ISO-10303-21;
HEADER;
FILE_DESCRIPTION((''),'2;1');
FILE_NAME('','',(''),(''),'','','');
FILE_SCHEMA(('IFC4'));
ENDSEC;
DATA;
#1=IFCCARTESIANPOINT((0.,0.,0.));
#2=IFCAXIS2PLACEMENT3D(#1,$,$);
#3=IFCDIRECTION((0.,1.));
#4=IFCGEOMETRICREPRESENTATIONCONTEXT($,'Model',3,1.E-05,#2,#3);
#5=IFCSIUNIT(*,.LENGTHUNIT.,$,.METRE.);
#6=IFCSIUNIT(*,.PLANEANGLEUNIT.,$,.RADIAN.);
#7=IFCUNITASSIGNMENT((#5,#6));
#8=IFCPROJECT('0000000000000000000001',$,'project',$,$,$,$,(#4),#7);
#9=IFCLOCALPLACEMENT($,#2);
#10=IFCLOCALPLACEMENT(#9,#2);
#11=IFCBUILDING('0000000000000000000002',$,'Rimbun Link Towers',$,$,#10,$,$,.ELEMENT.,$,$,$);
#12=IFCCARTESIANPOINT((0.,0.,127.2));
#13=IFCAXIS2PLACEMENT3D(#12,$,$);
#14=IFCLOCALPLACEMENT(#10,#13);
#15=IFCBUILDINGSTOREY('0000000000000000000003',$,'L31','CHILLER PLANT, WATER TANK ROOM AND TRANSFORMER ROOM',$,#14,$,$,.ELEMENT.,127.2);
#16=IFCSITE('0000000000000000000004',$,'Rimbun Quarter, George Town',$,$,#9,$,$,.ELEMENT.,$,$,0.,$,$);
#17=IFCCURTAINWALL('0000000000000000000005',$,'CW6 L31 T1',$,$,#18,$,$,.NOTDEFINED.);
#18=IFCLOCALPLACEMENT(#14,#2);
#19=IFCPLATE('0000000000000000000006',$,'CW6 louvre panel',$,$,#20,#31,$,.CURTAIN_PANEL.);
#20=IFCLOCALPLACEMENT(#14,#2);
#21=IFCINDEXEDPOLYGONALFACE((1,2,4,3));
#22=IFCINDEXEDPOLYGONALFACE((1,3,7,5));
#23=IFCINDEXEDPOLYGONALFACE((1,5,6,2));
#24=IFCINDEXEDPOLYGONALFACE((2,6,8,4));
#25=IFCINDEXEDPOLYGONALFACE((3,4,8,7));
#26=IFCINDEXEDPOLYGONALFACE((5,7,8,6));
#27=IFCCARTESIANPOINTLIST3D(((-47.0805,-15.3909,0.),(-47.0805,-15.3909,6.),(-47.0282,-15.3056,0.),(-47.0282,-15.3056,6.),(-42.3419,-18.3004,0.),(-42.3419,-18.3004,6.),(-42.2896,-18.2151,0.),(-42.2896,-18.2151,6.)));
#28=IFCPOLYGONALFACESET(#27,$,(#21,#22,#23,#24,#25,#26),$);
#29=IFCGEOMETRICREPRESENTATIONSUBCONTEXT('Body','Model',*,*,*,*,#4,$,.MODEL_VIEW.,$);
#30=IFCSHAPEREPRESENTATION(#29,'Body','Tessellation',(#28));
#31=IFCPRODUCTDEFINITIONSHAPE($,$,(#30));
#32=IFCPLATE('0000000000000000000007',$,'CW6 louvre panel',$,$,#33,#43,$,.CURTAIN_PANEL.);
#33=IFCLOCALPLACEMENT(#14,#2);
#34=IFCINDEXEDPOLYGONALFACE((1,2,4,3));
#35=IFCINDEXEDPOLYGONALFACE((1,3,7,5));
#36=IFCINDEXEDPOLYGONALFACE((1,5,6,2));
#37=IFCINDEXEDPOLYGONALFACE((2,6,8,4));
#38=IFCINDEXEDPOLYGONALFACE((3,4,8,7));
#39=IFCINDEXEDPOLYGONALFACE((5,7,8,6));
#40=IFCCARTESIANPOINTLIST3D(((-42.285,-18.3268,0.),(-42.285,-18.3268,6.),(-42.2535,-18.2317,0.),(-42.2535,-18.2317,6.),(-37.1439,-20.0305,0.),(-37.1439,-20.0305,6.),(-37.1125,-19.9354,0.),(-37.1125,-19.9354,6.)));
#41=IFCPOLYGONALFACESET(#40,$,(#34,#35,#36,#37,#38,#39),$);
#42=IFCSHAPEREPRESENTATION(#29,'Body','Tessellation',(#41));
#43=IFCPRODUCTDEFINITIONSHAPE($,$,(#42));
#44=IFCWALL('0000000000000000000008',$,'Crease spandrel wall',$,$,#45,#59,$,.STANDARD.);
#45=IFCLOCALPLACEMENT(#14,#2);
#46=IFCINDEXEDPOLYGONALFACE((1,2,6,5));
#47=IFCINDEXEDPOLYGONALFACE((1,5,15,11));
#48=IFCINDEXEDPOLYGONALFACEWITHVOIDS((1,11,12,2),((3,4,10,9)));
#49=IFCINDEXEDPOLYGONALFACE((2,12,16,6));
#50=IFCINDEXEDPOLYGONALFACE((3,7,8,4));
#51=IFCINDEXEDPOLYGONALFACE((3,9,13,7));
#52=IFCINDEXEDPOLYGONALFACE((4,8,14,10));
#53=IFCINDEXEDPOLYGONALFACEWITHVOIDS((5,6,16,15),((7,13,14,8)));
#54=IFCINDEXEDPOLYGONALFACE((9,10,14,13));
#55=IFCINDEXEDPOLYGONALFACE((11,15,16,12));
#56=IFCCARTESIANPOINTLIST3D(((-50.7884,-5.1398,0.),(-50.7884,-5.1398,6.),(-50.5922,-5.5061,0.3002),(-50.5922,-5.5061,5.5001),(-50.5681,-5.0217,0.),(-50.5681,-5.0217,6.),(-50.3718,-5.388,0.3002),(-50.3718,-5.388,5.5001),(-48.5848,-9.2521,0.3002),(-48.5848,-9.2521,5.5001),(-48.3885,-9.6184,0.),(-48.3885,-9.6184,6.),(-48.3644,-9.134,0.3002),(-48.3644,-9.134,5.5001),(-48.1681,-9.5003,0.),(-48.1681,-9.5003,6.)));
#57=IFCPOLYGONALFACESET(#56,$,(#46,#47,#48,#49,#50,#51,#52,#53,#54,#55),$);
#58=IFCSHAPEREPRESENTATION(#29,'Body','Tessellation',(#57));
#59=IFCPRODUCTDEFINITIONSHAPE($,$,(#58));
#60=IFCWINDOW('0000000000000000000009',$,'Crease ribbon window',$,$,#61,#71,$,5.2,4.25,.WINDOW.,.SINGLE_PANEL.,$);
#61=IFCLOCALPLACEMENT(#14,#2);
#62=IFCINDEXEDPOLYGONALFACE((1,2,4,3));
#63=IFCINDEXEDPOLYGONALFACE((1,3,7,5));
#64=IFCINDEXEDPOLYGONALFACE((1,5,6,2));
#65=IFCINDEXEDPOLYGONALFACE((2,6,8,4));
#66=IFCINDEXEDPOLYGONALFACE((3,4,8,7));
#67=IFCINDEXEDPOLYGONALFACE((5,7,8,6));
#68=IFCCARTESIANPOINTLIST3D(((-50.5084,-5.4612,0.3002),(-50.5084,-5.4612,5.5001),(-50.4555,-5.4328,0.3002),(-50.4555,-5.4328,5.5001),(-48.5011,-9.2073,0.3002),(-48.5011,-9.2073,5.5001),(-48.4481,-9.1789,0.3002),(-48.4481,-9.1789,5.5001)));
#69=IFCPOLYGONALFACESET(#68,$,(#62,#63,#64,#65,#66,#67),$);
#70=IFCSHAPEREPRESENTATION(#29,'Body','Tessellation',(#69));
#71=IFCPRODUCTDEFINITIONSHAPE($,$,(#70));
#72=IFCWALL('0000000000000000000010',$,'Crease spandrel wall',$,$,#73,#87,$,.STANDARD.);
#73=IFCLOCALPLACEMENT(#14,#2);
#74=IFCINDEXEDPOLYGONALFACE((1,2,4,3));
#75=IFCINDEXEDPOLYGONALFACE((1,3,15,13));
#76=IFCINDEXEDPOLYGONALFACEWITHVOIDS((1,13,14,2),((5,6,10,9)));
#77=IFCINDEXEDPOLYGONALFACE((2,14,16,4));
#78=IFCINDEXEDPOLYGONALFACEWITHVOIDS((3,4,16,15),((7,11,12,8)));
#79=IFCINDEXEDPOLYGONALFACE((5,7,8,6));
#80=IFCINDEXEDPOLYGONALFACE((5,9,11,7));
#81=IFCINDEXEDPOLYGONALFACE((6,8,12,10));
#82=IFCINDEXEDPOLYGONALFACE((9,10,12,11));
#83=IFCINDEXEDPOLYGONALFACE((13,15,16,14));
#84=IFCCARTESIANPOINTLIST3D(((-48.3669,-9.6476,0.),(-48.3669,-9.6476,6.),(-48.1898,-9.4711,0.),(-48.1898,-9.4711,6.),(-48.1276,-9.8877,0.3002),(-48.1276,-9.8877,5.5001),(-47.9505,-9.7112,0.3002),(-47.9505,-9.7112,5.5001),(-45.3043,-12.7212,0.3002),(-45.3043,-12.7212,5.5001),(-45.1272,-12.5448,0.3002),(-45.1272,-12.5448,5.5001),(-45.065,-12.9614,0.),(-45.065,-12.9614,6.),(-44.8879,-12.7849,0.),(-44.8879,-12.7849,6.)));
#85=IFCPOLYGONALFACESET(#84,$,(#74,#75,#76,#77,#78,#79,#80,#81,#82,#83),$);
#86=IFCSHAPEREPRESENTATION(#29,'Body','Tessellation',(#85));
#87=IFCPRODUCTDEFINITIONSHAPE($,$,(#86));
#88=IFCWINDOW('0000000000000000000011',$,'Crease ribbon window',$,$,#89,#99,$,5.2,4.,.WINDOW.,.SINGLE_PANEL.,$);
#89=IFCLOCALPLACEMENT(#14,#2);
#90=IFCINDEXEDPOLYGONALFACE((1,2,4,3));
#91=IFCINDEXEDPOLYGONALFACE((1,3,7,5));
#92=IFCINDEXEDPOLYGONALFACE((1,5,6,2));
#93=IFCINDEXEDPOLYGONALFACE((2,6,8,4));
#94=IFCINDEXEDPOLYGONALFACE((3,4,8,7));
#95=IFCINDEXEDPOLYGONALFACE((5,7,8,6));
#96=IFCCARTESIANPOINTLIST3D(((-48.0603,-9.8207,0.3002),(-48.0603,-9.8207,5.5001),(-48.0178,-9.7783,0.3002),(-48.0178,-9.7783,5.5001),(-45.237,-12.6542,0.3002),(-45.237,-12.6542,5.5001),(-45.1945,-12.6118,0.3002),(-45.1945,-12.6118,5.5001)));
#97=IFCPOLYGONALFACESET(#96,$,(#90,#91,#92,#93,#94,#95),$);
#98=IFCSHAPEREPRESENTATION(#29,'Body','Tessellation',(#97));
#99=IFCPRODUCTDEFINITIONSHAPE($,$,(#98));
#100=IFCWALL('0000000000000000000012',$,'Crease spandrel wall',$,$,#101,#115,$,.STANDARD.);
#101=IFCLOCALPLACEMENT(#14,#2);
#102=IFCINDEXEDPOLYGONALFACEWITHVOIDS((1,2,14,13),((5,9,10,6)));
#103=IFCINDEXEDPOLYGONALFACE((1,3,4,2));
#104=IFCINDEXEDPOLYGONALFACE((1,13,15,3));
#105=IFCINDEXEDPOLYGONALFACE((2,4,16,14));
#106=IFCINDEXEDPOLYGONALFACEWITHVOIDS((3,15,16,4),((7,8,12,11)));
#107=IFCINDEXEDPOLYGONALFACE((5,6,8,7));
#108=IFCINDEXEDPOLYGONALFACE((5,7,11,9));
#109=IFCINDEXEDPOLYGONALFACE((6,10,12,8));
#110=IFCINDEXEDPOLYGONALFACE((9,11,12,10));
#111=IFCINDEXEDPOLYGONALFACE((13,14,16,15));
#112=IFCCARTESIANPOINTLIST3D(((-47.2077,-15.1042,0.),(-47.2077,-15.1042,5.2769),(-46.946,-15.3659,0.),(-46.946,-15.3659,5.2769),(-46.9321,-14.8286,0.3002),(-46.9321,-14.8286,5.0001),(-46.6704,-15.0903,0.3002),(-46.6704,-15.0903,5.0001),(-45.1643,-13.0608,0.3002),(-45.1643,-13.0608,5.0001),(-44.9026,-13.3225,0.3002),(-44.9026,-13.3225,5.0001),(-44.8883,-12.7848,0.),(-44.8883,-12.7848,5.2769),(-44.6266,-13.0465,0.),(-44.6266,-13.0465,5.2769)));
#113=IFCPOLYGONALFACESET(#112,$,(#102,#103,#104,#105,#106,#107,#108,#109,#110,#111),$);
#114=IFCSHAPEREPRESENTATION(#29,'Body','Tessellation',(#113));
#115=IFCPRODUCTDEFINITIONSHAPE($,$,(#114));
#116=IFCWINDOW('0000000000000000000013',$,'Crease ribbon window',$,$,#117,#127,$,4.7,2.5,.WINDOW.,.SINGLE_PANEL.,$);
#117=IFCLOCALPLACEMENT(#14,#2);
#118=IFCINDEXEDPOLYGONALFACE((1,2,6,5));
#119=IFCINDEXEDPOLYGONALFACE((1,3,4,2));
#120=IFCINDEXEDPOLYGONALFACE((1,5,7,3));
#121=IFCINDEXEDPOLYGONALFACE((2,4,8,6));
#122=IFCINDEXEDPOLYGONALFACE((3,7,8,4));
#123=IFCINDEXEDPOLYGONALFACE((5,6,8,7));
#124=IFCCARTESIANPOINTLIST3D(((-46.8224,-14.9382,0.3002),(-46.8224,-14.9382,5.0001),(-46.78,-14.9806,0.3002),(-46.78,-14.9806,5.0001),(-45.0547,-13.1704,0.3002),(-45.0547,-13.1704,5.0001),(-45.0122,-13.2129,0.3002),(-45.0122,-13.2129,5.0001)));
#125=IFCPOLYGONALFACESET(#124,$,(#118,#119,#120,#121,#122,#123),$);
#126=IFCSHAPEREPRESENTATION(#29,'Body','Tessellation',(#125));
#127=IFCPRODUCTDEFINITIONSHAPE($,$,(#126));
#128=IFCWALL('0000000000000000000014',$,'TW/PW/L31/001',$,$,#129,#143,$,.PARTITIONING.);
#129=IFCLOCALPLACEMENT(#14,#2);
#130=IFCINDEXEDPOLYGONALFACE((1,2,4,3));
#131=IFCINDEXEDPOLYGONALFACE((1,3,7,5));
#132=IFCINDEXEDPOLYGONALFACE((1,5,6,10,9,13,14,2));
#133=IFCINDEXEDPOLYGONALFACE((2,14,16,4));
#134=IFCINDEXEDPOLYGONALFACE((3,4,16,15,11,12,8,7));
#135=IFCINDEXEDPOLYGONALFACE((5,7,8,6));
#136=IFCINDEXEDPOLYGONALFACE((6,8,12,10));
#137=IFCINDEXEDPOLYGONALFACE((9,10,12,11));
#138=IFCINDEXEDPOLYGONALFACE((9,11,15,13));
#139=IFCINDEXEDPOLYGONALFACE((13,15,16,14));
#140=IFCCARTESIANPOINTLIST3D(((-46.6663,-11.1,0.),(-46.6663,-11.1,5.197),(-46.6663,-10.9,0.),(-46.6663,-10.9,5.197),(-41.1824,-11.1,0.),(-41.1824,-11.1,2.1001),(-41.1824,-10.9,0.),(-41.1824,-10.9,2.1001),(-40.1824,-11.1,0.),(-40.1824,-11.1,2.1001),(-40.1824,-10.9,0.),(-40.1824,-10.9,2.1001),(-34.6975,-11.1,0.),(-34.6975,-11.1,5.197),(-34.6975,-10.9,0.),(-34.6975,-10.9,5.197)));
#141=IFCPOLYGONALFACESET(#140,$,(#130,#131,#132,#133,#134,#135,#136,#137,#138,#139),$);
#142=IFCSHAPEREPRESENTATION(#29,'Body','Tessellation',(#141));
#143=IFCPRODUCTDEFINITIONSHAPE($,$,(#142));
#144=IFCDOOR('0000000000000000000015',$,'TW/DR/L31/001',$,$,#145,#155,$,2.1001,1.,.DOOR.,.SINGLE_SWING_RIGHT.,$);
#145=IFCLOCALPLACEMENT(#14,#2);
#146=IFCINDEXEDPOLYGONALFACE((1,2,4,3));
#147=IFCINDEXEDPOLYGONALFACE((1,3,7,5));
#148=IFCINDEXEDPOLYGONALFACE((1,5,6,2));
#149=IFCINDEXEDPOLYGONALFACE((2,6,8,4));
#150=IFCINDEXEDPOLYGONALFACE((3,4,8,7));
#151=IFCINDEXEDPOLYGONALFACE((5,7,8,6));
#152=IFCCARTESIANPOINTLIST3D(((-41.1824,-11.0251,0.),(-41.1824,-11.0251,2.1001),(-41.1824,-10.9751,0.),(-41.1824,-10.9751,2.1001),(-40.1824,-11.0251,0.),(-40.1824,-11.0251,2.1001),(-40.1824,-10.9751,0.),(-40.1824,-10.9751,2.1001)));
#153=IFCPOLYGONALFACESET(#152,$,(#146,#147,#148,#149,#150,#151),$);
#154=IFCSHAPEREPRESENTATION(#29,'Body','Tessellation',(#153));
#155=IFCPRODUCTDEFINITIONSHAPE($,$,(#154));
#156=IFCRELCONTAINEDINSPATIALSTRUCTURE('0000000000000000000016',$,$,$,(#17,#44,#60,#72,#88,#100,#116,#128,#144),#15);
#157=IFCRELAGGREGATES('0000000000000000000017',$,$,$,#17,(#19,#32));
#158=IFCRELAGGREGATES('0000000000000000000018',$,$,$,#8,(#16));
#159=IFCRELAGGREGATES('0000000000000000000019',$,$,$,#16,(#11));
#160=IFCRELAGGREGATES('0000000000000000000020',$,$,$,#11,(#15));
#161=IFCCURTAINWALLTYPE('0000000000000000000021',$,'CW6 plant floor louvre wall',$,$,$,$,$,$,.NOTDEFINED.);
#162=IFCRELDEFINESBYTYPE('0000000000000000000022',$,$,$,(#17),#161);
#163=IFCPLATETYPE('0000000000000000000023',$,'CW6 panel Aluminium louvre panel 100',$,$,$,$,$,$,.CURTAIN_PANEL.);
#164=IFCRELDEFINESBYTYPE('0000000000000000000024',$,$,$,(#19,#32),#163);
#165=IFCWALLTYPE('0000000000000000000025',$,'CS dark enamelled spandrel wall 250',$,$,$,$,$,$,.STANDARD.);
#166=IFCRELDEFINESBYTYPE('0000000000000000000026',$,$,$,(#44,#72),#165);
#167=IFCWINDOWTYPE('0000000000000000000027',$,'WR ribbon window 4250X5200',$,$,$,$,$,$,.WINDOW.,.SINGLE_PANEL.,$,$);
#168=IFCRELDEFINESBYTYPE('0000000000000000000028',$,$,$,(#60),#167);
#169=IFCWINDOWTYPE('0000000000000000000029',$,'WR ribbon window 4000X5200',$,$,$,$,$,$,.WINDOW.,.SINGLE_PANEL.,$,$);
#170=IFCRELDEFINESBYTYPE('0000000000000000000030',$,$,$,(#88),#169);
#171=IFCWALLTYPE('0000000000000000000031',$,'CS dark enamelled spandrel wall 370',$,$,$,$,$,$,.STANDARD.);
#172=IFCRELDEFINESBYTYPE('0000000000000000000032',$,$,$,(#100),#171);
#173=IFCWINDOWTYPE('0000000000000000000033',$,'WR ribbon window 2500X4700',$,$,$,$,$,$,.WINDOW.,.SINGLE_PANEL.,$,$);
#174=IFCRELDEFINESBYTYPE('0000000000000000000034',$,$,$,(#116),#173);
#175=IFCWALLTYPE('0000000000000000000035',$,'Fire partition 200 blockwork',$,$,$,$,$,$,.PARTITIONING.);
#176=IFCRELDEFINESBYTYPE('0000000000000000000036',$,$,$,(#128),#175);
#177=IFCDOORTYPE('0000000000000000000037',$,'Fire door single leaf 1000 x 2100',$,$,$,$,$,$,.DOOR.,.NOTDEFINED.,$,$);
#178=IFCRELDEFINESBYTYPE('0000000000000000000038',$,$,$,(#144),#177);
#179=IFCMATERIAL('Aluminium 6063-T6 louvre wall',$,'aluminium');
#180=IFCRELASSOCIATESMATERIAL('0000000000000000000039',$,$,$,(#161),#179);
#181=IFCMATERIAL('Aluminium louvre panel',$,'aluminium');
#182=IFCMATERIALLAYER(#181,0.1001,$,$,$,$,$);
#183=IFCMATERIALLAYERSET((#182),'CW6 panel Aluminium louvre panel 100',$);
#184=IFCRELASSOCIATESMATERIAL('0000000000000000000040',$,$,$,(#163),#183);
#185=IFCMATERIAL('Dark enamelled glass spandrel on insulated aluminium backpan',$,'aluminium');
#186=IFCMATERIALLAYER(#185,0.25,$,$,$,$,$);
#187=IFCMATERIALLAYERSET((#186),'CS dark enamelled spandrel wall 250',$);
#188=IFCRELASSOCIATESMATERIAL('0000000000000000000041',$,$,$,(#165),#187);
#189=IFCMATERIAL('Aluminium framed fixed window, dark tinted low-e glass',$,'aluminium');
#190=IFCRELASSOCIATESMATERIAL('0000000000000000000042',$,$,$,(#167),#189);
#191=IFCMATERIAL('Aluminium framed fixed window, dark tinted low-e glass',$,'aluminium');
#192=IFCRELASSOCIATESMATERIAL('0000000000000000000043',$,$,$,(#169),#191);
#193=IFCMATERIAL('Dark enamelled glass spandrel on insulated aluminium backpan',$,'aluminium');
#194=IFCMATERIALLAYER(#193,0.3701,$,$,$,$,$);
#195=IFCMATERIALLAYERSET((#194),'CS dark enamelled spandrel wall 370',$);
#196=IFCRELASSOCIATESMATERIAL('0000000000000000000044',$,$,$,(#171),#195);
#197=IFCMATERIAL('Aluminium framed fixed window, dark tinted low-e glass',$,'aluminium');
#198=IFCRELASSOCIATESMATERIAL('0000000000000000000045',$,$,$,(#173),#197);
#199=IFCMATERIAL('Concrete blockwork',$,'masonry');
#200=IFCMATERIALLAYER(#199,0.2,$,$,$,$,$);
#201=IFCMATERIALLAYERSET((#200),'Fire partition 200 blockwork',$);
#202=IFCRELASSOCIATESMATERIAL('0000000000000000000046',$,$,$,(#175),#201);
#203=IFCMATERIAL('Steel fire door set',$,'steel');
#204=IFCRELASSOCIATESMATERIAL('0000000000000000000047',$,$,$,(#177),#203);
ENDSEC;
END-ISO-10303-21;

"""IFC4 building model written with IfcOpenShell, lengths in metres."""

from ifc_helpers import new_model, si_unit, direction, frame, frame_2d, origin, origin_2d, place, context, subcontext, project, spatial, rectangle, extrude, material, layer, layer_set, type_object, element, fill, aggregate, save


model = new_model("IFC4")

# Units and contexts
model_context = context("Model", 3, precision=1e-05, world=origin(), true_north=direction((0.0, 1.0)))
body_context = subcontext(model_context, "Body", "Model", "MODEL_VIEW")
ifc_project = project(units=[si_unit("LENGTHUNIT", "METRE"), si_unit("PLANEANGLEUNIT", "RADIAN")], contexts=[model_context])

# Site, building, storey
site_placement = place(None, origin())
site = spatial("IfcSite", under=ifc_project, at=site_placement, Name="Rimbun Quarter, George Town", CompositionType="ELEMENT", RefElevation=0.0)
building_placement = place(site_placement, origin())
building = spatial("IfcBuilding", under=site, at=building_placement, Name="Rimbun Link Towers", CompositionType="ELEMENT")
storey_placement = place(building_placement, frame((0.0, 0.0, 127.2)))
storey = spatial("IfcBuildingStorey", under=building, at=storey_placement, Name="L31", Description="CHILLER PLANT, WATER TANK ROOM AND TRANSFORMER ROOM", CompositionType="ELEMENT", Elevation=127.2)

# Curtain wall
ifc_material_1 = material(Name="Aluminium 6063-T6 louvre wall", Category="aluminium")
curtain_wall_type = type_object("IfcCurtainWallType", Name="CW6 plant floor louvre wall", PredefinedType="NOTDEFINED", material=ifc_material_1)
curtain_wall_placement = place(storey_placement, origin())
curtain_wall = element("IfcCurtainWall", 1, at=curtain_wall_placement, inside=storey, type_object=curtain_wall_type, Name="CW6 L31 T1", PredefinedType="NOTDEFINED")

# Plates
ifc_material_2 = material(Name="Aluminium louvre panel", Category="aluminium")
ifc_layer_1 = layer(ifc_material_2, 0.1001)
ifc_layer_set_1 = layer_set([ifc_layer_1], Name="CW6 panel Aluminium louvre panel 100")
plate_type = type_object("IfcPlateType", Name="CW6 panel Aluminium louvre panel 100", PredefinedType="CURTAIN_PANEL", material=ifc_layer_set_1)
plate_1_placement = place(storey_placement, frame((-44.6851, -16.803, 0.0), z_axis=(0.0, 0.0, 1.0), x_axis=(-0.852183, 0.523244, 0.0)))
plate_1 = element("IfcPlate", 2, at=plate_1_placement, type_object=plate_type, Name="CW6 louvre panel", PredefinedType="CURTAIN_PANEL", context=body_context, shape_type="SweptSolid", body=[
    extrude(rectangle(XDim=5.5605, YDim=0.1001, at=origin_2d()), origin(), (0.0, 0.0, 1.0), 6.0),
])
plate_2_placement = place(storey_placement, frame((-39.6987, -19.1311, 0.0), z_axis=(0.0, 0.0, 1.0), x_axis=(-0.949235, 0.314567, 0.0)))
plate_2 = element("IfcPlate", 3, at=plate_2_placement, type_object=plate_type, Name="CW6 louvre panel", PredefinedType="CURTAIN_PANEL", context=body_context, shape_type="SweptSolid", body=[
    extrude(rectangle(XDim=5.416, YDim=0.1001, at=origin_2d()), origin(), (0.0, 0.0, 1.0), 6.0),
])
aggregate(curtain_wall, [plate_1, plate_2])

# Walls, openings, windows
ifc_material_3 = material(Name="Dark enamelled glass spandrel on insulated aluminium backpan", Category="aluminium")
ifc_layer_2 = layer(ifc_material_3, 0.25)
ifc_layer_set_2 = layer_set([ifc_layer_2], Name="CS dark enamelled spandrel wall 250")
wall_type_1 = type_object("IfcWallType", Name="CS dark enamelled spandrel wall 250", PredefinedType="STANDARD", material=ifc_layer_set_2)
wall_1_placement = place(storey_placement, frame((-48.2783, -9.5593, 0.0), z_axis=(0.0, 0.0, 1.0), x_axis=(-0.472328, 0.881423, 0.0)))
wall_1 = element("IfcWall", 4, at=wall_1_placement, inside=storey, type_object=wall_type_1, Name="Crease spandrel wall", PredefinedType="STANDARD", context=body_context, shape_type="SweptSolid", body=[
    extrude(rectangle(XDim=5.0811, YDim=0.25, at=frame_2d((2.5405, 0.0))), origin(), (0.0, 0.0, 1.0), 6.0),
])
opening_1_placement = place(wall_1_placement, frame((0.4155, 0.0, 0.3)))
opening_1 = element("IfcOpeningElement", 5, at=opening_1_placement, cuts=wall_1, PredefinedType="OPENING", context=body_context, shape_type="SweptSolid", body=[
    extrude(rectangle(XDim=4.25, YDim=5.2, at=frame_2d((2.125, 2.6001))), frame((0.0, 0.135, 0.0), z_axis=(0.0, -1.0, 0.0), x_axis=(1.0, 0.0, 0.0)), (0.0, 0.0, 1.0), 0.27),
])
ifc_material_4 = material(Name="Aluminium framed fixed window, dark tinted low-e glass", Category="aluminium")
window_type_1 = type_object("IfcWindowType", Name="WR ribbon window 4250X5200", PartitioningType="SINGLE_PANEL", PredefinedType="WINDOW", material=ifc_material_4)
window_1_placement = place(opening_1_placement, origin())
window_1 = element("IfcWindow", 6, at=window_1_placement, inside=storey, type_object=window_type_1, Name="Crease ribbon window", OverallHeight=5.2, OverallWidth=4.25, PartitioningType="SINGLE_PANEL", PredefinedType="WINDOW", context=body_context, shape_type="SweptSolid", body=[
    extrude(rectangle(XDim=4.25, YDim=5.2, at=frame_2d((2.125, 2.6001))), frame((0.0, 0.03, 0.0), z_axis=(0.0, -1.0, 0.0), x_axis=(1.0, 0.0, 0.0)), (0.0, 0.0, 1.0), 0.0601),
])
fill(opening_1, window_1)
wall_2_placement = place(storey_placement, frame((-44.9766, -12.873, 0.0), z_axis=(0.0, 0.0, 1.0), x_axis=(-0.705827, 0.708384, 0.0)))
wall_2 = element("IfcWall", 7, at=wall_2_placement, inside=storey, type_object=wall_type_1, Name="Crease spandrel wall", PredefinedType="STANDARD", context=body_context, shape_type="SweptSolid", body=[
    extrude(rectangle(XDim=4.678, YDim=0.25, at=frame_2d((2.3389, 0.0))), origin(), (0.0, 0.0, 1.0), 6.0),
])
opening_2_placement = place(wall_2_placement, frame((0.3389, 0.0, 0.3)))
opening_2 = element("IfcOpeningElement", 8, at=opening_2_placement, cuts=wall_2, PredefinedType="OPENING", context=body_context, shape_type="SweptSolid", body=[
    extrude(rectangle(XDim=4.0, YDim=5.2, at=frame_2d((2.0, 2.6001))), frame((0.0, 0.135, 0.0), z_axis=(0.0, -1.0, 0.0), x_axis=(1.0, 0.0, 0.0)), (0.0, 0.0, 1.0), 0.27),
])
ifc_material_5 = material(Name="Aluminium framed fixed window, dark tinted low-e glass", Category="aluminium")
window_type_2 = type_object("IfcWindowType", Name="WR ribbon window 4000X5200", PartitioningType="SINGLE_PANEL", PredefinedType="WINDOW", material=ifc_material_5)
window_2_placement = place(opening_2_placement, origin())
window_2 = element("IfcWindow", 9, at=window_2_placement, inside=storey, type_object=window_type_2, Name="Crease ribbon window", OverallHeight=5.2, OverallWidth=4.0, PartitioningType="SINGLE_PANEL", PredefinedType="WINDOW", context=body_context, shape_type="SweptSolid", body=[
    extrude(rectangle(XDim=4.0, YDim=5.2, at=frame_2d((2.0, 2.6001))), frame((0.0, 0.03, 0.0), z_axis=(0.0, -1.0, 0.0), x_axis=(1.0, 0.0, 0.0)), (0.0, 0.0, 1.0), 0.0601),
])
fill(opening_2, window_2)
ifc_material_6 = material(Name="Dark enamelled glass spandrel on insulated aluminium backpan", Category="aluminium")
ifc_layer_3 = layer(ifc_material_6, 0.3701)
ifc_layer_set_3 = layer_set([ifc_layer_3], Name="CS dark enamelled spandrel wall 370")
wall_type_2 = type_object("IfcWallType", Name="CS dark enamelled spandrel wall 370", PredefinedType="STANDARD", material=ifc_layer_set_3)
wall_3_placement = place(storey_placement, frame((-47.0769, -15.2351, 0.0), z_axis=(0.0, 0.0, 1.0), x_axis=(0.707107, 0.707107, 0.0)))
wall_3 = element("IfcWall", 10, at=wall_3_placement, inside=storey, type_object=wall_type_2, Name="Crease spandrel wall", PredefinedType="STANDARD", context=body_context, shape_type="SweptSolid", body=[
    extrude(rectangle(XDim=3.28, YDim=0.3701, at=frame_2d((1.6401, 0.0))), origin(), (0.0, 0.0, 1.0), 5.2769),
])
opening_3_placement = place(wall_3_placement, frame((0.3899, 0.0, 0.3)))
opening_3 = element("IfcOpeningElement", 11, at=opening_3_placement, cuts=wall_3, PredefinedType="OPENING", context=body_context, shape_type="SweptSolid", body=[
    extrude(rectangle(XDim=2.5, YDim=4.7, at=frame_2d((1.25, 2.3501))), frame((0.0, 0.1951, 0.0), z_axis=(0.0, -1.0, 0.0), x_axis=(1.0, 0.0, 0.0)), (0.0, 0.0, 1.0), 0.3901),
])
ifc_material_7 = material(Name="Aluminium framed fixed window, dark tinted low-e glass", Category="aluminium")
window_type_3 = type_object("IfcWindowType", Name="WR ribbon window 2500X4700", PartitioningType="SINGLE_PANEL", PredefinedType="WINDOW", material=ifc_material_7)
window_3_placement = place(opening_3_placement, origin())
window_3 = element("IfcWindow", 12, at=window_3_placement, inside=storey, type_object=window_type_3, Name="Crease ribbon window", OverallHeight=4.7, OverallWidth=2.5, PartitioningType="SINGLE_PANEL", PredefinedType="WINDOW", context=body_context, shape_type="SweptSolid", body=[
    extrude(rectangle(XDim=2.5, YDim=4.7, at=frame_2d((1.25, 2.3501))), frame((0.0, 0.03, 0.0), z_axis=(0.0, -1.0, 0.0), x_axis=(1.0, 0.0, 0.0)), (0.0, 0.0, 1.0), 0.0601),
])
fill(opening_3, window_3)

# Wall, opening, door
ifc_material_8 = material(Name="Concrete blockwork", Category="masonry")
ifc_layer_4 = layer(ifc_material_8, 0.2)
ifc_layer_set_4 = layer_set([ifc_layer_4], Name="Fire partition 200 blockwork")
wall_type_3 = type_object("IfcWallType", Name="Fire partition 200 blockwork", PredefinedType="PARTITIONING", material=ifc_layer_set_4)
wall_4_placement = place(storey_placement, frame((-46.6663, -11.0, 0.0), z_axis=(0.0, 0.0, 1.0), x_axis=(1.0, 0.0, 0.0)))
wall_4 = element("IfcWall", 13, at=wall_4_placement, inside=storey, type_object=wall_type_3, Name="TW/PW/L31/001", PredefinedType="PARTITIONING", context=body_context, shape_type="SweptSolid", body=[
    extrude(rectangle(XDim=11.9688, YDim=0.2, at=frame_2d((5.9844, 0.0))), origin(), (0.0, 0.0, 1.0), 5.197),
])
opening_4_placement = place(wall_4_placement, frame((5.4839, 0.0, 0.0)))
opening_4 = element("IfcOpeningElement", 14, at=opening_4_placement, cuts=wall_4, PredefinedType="OPENING", context=body_context, shape_type="SweptSolid", body=[
    extrude(rectangle(XDim=1.0, YDim=2.1001, at=frame_2d((0.5, 1.05))), frame((0.0, 0.1099, 0.0), z_axis=(0.0, -1.0, 0.0), x_axis=(1.0, 0.0, 0.0)), (0.0, 0.0, 1.0), 0.22),
])
ifc_material_9 = material(Name="Steel fire door set", Category="steel")
door_type = type_object("IfcDoorType", Name="Fire door single leaf 1000 x 2100", OperationType="NOTDEFINED", PredefinedType="DOOR", material=ifc_material_9)
door_placement = place(opening_4_placement, origin())
door = element("IfcDoor", 15, at=door_placement, inside=storey, type_object=door_type, Name="TW/DR/L31/001", OperationType="SINGLE_SWING_RIGHT", OverallHeight=2.1001, OverallWidth=1.0, PredefinedType="DOOR", context=body_context, shape_type="SweptSolid", body=[
    extrude(rectangle(XDim=1.0, YDim=2.1001, at=frame_2d((0.5, 1.05))), frame((0.0, 0.0249, 0.0), z_axis=(0.0, -1.0, 0.0), x_axis=(1.0, 0.0, 0.0)), (0.0, 0.0, 1.0), 0.05),
])
fill(opening_4, door)

save(model, "model.ifc")
